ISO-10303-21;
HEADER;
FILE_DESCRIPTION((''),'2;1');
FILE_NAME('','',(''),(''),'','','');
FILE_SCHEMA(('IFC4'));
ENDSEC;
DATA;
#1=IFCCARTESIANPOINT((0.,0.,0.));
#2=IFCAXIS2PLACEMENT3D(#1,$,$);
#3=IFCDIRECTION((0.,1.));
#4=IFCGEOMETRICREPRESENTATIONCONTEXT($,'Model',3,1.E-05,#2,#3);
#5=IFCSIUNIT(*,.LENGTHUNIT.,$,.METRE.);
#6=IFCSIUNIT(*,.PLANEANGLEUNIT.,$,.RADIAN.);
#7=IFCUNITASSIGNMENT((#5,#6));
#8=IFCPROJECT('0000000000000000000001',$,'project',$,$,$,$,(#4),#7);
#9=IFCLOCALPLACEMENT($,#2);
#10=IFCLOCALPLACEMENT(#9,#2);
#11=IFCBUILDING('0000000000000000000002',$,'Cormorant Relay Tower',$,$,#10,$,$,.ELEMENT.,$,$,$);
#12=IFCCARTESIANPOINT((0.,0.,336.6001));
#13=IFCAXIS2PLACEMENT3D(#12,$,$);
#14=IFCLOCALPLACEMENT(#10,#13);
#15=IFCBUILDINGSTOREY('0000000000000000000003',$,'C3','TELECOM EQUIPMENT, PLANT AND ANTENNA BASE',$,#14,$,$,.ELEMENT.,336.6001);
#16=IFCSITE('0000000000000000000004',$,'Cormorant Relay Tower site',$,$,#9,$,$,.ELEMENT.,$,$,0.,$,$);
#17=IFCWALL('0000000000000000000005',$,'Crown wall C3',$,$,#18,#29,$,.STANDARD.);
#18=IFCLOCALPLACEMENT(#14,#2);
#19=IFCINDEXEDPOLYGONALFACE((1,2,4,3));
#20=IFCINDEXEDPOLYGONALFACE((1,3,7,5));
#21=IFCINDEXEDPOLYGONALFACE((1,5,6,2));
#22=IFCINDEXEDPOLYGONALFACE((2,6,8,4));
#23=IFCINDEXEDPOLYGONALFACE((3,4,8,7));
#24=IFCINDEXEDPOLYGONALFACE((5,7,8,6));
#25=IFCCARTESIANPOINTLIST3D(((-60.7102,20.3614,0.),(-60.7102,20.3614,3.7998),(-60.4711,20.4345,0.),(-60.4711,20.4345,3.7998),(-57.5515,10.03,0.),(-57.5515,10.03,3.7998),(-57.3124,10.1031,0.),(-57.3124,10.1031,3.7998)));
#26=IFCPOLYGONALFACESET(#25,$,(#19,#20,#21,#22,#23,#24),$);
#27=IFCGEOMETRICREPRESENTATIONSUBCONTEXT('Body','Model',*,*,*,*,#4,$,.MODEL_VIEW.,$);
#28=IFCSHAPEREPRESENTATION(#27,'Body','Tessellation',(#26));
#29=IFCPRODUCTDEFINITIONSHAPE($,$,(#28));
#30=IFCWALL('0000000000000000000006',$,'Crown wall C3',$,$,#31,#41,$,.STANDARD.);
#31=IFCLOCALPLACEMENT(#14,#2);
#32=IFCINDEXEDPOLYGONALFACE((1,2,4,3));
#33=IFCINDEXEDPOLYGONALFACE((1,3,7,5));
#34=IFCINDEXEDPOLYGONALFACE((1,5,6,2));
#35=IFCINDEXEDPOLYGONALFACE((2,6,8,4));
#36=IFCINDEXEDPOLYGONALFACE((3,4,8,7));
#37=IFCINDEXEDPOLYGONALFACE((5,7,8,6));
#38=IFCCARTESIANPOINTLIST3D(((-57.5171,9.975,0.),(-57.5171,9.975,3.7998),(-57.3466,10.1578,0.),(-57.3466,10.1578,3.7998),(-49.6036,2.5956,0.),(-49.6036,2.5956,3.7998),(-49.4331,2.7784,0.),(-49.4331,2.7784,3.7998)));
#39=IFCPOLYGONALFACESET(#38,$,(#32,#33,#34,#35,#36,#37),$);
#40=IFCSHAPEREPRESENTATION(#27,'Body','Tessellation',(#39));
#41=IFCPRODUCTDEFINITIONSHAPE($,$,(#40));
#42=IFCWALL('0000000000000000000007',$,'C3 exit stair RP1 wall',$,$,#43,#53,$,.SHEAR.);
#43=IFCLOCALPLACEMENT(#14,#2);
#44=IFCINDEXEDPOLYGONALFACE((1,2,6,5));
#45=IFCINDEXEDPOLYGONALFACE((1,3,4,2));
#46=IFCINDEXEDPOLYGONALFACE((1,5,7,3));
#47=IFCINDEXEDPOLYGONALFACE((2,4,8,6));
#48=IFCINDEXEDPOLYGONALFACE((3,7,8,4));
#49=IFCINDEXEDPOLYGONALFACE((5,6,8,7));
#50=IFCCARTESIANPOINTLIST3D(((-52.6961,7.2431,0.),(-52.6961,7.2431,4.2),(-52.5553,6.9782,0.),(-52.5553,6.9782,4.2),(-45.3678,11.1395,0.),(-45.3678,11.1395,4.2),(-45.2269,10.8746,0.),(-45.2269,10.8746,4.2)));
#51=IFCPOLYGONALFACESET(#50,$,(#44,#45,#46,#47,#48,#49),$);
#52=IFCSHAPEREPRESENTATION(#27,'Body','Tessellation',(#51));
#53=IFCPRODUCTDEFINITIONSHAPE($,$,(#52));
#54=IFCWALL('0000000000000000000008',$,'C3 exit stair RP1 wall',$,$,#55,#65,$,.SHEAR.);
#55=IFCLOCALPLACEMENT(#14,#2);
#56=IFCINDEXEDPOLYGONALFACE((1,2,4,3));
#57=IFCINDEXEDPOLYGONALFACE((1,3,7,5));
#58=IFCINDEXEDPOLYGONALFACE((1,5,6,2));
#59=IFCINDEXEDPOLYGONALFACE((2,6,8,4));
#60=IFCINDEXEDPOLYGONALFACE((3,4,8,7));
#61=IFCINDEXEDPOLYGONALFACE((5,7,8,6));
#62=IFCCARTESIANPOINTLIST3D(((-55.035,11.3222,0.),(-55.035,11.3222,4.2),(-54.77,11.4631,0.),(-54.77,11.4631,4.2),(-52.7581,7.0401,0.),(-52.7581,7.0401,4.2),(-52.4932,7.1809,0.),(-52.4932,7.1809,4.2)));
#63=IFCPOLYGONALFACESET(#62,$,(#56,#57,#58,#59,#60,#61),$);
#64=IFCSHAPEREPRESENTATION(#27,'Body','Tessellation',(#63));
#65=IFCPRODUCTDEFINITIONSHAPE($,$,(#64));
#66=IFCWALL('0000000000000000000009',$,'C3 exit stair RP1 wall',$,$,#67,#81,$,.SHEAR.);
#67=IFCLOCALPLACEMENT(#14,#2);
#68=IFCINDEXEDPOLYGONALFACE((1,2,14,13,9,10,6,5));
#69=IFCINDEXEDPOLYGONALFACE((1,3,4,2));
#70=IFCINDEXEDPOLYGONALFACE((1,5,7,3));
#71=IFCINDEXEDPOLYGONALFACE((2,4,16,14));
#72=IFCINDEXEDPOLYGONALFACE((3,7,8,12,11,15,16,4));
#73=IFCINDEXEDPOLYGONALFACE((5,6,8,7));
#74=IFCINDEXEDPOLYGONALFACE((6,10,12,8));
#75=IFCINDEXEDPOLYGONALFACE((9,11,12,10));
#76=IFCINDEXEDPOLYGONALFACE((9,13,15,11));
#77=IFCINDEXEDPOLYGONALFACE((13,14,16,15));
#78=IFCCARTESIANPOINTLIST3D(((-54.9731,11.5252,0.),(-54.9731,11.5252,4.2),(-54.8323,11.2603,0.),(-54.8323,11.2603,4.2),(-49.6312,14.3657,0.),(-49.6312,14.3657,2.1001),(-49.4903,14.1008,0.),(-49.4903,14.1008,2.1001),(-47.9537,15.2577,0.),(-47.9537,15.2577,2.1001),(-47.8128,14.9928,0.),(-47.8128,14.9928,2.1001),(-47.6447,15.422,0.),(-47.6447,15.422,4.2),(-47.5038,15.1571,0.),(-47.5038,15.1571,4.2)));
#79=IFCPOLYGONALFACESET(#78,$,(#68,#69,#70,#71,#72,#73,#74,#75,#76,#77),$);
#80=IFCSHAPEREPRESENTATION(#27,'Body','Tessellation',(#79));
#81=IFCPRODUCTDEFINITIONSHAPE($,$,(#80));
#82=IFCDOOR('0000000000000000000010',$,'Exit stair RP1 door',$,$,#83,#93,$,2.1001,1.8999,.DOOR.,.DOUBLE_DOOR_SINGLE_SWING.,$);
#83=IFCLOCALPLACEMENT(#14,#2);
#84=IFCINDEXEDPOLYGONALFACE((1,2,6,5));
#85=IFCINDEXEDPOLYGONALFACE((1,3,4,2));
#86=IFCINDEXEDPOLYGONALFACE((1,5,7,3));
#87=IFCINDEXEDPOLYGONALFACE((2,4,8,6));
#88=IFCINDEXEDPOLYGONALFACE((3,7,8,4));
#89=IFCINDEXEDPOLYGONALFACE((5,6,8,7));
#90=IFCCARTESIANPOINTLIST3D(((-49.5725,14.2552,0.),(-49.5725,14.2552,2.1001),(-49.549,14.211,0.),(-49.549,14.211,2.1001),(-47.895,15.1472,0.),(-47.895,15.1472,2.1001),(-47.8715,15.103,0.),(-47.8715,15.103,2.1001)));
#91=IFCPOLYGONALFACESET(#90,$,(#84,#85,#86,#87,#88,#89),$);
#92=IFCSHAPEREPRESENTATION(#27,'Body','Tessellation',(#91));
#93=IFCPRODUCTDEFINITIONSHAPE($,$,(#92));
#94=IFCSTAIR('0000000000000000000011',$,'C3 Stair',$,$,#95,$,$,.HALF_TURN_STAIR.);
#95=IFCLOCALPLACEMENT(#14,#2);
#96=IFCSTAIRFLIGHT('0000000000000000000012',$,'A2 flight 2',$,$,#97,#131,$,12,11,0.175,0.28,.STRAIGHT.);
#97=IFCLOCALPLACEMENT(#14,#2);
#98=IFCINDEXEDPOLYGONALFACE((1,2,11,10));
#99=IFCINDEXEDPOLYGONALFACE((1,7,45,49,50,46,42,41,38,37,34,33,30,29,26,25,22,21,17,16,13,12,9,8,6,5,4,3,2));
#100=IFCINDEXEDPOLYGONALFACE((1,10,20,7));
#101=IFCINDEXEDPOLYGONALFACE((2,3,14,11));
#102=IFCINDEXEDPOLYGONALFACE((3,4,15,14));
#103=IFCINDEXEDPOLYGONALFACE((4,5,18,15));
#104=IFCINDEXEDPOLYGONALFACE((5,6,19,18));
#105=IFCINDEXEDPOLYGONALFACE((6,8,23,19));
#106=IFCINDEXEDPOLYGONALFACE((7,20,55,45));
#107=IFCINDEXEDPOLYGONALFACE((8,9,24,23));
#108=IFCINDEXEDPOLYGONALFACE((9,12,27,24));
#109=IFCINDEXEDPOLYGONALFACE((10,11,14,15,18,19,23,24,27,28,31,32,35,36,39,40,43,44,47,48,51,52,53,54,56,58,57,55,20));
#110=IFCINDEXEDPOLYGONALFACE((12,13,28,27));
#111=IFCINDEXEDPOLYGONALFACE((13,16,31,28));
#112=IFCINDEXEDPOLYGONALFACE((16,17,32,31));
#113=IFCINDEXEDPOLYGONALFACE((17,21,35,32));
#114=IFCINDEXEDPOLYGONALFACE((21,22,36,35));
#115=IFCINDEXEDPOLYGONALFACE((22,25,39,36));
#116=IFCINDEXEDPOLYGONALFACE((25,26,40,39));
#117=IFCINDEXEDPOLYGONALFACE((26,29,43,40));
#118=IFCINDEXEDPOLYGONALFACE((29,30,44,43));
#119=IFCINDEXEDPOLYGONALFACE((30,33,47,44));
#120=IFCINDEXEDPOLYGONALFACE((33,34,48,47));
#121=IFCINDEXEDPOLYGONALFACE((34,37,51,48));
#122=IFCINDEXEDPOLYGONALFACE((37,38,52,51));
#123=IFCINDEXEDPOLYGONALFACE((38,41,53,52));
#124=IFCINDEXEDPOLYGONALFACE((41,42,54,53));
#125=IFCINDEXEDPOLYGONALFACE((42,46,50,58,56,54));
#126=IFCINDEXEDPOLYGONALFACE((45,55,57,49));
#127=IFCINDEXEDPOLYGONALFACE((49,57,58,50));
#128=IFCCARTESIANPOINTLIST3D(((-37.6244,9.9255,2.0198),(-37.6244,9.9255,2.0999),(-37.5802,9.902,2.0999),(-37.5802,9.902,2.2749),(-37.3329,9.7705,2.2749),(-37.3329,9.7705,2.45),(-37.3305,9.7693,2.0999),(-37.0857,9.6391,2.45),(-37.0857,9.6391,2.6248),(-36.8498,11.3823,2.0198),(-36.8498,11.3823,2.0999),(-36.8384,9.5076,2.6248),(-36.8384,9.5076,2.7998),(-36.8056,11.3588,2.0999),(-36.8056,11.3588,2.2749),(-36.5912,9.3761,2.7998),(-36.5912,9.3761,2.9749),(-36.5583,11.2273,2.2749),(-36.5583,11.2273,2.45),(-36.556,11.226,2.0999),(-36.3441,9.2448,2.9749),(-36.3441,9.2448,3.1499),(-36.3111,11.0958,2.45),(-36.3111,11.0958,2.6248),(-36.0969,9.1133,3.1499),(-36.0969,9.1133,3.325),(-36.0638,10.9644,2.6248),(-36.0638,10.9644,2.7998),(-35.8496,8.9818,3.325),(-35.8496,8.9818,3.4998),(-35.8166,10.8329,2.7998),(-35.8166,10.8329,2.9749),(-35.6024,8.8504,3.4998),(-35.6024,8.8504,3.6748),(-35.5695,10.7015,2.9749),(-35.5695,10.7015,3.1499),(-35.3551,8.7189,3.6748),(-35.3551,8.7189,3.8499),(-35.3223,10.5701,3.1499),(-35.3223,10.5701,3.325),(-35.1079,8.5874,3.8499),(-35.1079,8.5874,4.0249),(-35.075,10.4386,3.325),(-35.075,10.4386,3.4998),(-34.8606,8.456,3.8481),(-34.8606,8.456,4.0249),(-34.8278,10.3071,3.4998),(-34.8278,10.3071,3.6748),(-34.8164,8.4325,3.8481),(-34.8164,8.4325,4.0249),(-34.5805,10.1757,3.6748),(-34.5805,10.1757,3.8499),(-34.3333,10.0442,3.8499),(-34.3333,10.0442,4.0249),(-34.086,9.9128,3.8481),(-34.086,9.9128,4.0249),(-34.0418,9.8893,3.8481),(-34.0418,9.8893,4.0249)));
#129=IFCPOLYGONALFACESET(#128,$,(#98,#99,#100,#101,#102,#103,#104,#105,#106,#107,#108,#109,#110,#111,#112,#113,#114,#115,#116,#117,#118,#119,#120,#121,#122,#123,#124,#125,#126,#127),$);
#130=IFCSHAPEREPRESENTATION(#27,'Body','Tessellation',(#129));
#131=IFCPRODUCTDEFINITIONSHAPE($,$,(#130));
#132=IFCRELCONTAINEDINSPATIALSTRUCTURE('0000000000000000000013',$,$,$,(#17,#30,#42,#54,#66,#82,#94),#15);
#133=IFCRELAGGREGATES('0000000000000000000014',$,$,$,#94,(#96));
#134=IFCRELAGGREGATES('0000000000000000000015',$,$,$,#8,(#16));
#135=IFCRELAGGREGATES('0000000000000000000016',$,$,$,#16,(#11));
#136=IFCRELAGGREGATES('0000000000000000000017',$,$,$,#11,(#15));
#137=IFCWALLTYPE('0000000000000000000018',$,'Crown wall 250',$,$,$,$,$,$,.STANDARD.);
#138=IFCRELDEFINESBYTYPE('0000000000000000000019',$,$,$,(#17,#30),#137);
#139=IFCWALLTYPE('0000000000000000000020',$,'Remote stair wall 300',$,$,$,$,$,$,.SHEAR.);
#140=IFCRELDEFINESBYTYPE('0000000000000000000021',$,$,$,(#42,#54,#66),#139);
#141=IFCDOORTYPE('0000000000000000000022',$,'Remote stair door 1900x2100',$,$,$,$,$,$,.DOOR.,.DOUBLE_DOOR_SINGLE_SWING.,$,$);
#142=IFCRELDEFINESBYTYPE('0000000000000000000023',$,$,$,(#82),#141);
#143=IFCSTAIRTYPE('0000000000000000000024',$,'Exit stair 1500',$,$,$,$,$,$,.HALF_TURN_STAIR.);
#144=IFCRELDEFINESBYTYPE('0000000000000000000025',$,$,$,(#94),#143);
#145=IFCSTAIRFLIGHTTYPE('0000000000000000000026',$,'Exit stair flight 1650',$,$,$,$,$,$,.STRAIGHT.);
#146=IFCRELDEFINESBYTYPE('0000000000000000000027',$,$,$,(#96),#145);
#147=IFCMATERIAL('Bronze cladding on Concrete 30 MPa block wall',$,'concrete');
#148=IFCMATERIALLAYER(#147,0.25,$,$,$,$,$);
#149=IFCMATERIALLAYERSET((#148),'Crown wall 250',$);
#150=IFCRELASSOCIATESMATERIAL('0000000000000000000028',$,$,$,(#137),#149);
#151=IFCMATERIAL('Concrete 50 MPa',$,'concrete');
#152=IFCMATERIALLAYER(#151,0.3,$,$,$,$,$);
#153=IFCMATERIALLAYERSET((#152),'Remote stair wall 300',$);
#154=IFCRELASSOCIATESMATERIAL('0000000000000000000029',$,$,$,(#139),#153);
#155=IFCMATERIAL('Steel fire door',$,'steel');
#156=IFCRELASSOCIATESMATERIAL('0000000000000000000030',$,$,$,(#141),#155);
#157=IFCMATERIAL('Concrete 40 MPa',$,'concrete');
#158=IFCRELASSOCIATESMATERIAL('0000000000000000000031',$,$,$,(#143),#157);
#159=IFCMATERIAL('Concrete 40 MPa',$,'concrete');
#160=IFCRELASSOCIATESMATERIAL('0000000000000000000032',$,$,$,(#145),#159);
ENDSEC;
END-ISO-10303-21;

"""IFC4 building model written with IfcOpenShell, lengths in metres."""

from ifc_helpers import new_model, si_unit, direction, frame, frame_2d, origin, place, context, subcontext, project, spatial, polyline, rectangle, outline, extrude, material, layer, layer_set, type_object, element, fill, aggregate, save


model = new_model("IFC4")

# Units and contexts
model_context = context("Model", 3, precision=1e-05, world=origin(), true_north=direction((0.0, 1.0)))
body_context = subcontext(model_context, "Body", "Model", "MODEL_VIEW")
ifc_project = project(units=[si_unit("LENGTHUNIT", "METRE"), si_unit("PLANEANGLEUNIT", "RADIAN")], contexts=[model_context])

# Site, building, storey
site_placement = place(None, origin())
site = spatial("IfcSite", under=ifc_project, at=site_placement, Name="Cormorant Relay Tower site", CompositionType="ELEMENT", RefElevation=0.0)
building_placement = place(site_placement, origin())
building = spatial("IfcBuilding", under=site, at=building_placement, Name="Cormorant Relay Tower", CompositionType="ELEMENT")
storey_placement = place(building_placement, frame((0.0, 0.0, 336.6001)))
storey = spatial("IfcBuildingStorey", under=building, at=storey_placement, Name="C3", Description="TELECOM EQUIPMENT, PLANT AND ANTENNA BASE", CompositionType="ELEMENT", Elevation=336.6001)

# Walls
ifc_material_1 = material(Name="Bronze cladding on Concrete 30 MPa block wall", Category="concrete")
ifc_layer_1 = layer(ifc_material_1, 0.25)
ifc_layer_set_1 = layer_set([ifc_layer_1], Name="Crown wall 250")
wall_type_1 = type_object("IfcWallType", Name="Crown wall 250", PredefinedType="STANDARD", material=ifc_layer_set_1)
wall_1_placement = place(storey_placement, frame((-57.4319, 10.0664, 0.0), z_axis=(0.0, 0.0, 1.0), x_axis=(-0.29238, 0.956302, 0.0)))
element("IfcWall", 1, at=wall_1_placement, inside=storey, type_object=wall_type_1, Name="Crown wall C3", PredefinedType="STANDARD", context=body_context, shape_type="SweptSolid", body=[
    extrude(rectangle(XDim=10.8035, YDim=0.25, at=frame_2d((5.4019, 0.0))), origin(), (0.0, 0.0, 1.0), 3.7998),
])
wall_2_placement = place(storey_placement, frame((-49.5183, 2.687, 0.0), z_axis=(0.0, 0.0, 1.0), x_axis=(-0.73136, 0.681992, 0.0)))
element("IfcWall", 2, at=wall_2_placement, inside=storey, type_object=wall_type_1, Name="Crown wall C3", PredefinedType="STANDARD", context=body_context, shape_type="SweptSolid", body=[
    extrude(rectangle(XDim=10.8203, YDim=0.25, at=frame_2d((5.4102, 0.0))), origin(), (0.0, 0.0, 1.0), 3.7998),
])
ifc_material_2 = material(Name="Concrete 50 MPa", Category="concrete")
ifc_layer_2 = layer(ifc_material_2, 0.3)
ifc_layer_set_2 = layer_set([ifc_layer_2], Name="Remote stair wall 300")
wall_type_2 = type_object("IfcWallType", Name="Remote stair wall 300", PredefinedType="SHEAR", material=ifc_layer_set_2)
wall_3_placement = place(storey_placement, frame((-45.2974, 11.0071, 0.0), z_axis=(0.0, 0.0, 1.0), x_axis=(-0.882952, -0.469464, 0.0)))
element("IfcWall", 3, at=wall_3_placement, inside=storey, type_object=wall_type_2, Name="C3 exit stair RP1 wall", PredefinedType="SHEAR", context=body_context, shape_type="SweptSolid", body=[
    extrude(rectangle(XDim=8.2998, YDim=0.3, at=frame_2d((4.1499, 0.0))), origin(), (0.0, 0.0, 1.0), 4.2),
])
wall_4_placement = place(storey_placement, frame((-52.6257, 7.1106, 0.0), z_axis=(0.0, 0.0, 1.0), x_axis=(-0.469464, 0.882951, 0.0)))
element("IfcWall", 4, at=wall_4_placement, inside=storey, type_object=wall_type_2, Name="C3 exit stair RP1 wall", PredefinedType="SHEAR", context=body_context, shape_type="SweptSolid", body=[
    extrude(rectangle(XDim=4.8499, YDim=0.3, at=frame_2d((2.4248, 0.0))), origin(), (0.0, 0.0, 1.0), 4.2),
])

# Wall, opening, door
wall_5_placement = place(storey_placement, frame((-54.9026, 11.3928, 0.0), z_axis=(0.0, 0.0, 1.0), x_axis=(0.882939, 0.469487, 0.0)))
wall_5 = element("IfcWall", 5, at=wall_5_placement, inside=storey, type_object=wall_type_2, Name="C3 exit stair RP1 wall", PredefinedType="SHEAR", context=body_context, shape_type="SweptSolid", body=[
    extrude(rectangle(XDim=8.3, YDim=0.3, at=frame_2d((4.1499, 0.0))), origin(), (0.0, 0.0, 1.0), 4.2),
])
opening_1_placement = place(wall_5_placement, frame((6.05, 0.0, 0.0)))
opening_1 = element("IfcOpeningElement", 6, at=opening_1_placement, cuts=wall_5, PredefinedType="OPENING", context=body_context, shape_type="SweptSolid", body=[
    extrude(rectangle(XDim=1.8999, YDim=2.1001, at=frame_2d((0.95, 1.05))), frame((0.0, 0.1599, 0.0), z_axis=(0.0, -1.0, 0.0), x_axis=(1.0, 0.0, 0.0)), (0.0, 0.0, 1.0), 0.3201),
])
ifc_material_3 = material(Name="Steel fire door", Category="steel")
door_type_1 = type_object("IfcDoorType", Name="Remote stair door 1900x2100", OperationType="DOUBLE_DOOR_SINGLE_SWING", PredefinedType="DOOR", material=ifc_material_3)
door_1_placement = place(opening_1_placement, origin())
door_1 = element("IfcDoor", 7, at=door_1_placement, inside=storey, type_object=door_type_1, Name="Exit stair RP1 door", OperationType="DOUBLE_DOOR_SINGLE_SWING", OverallHeight=2.1001, OverallWidth=1.8999, PredefinedType="DOOR", context=body_context, shape_type="SweptSolid", body=[
    extrude(rectangle(XDim=1.8999, YDim=2.1001, at=frame_2d((0.95, 1.05))), frame((0.0, 0.0249, 0.0), z_axis=(0.0, -1.0, 0.0), x_axis=(1.0, 0.0, 0.0)), (0.0, 0.0, 1.0), 0.05),
])
fill(opening_1, door_1)

# Stair, stair flight
ifc_material_4 = material(Name="Concrete 40 MPa", Category="concrete")
stair_type_1 = type_object("IfcStairType", Name="Exit stair 1500", PredefinedType="HALF_TURN_STAIR", material=ifc_material_4)
stair_1_placement = place(storey_placement, origin())
stair_1 = element("IfcStair", 8, at=stair_1_placement, inside=storey, type_object=stair_type_1, Name="C3 Stair", PredefinedType="HALF_TURN_STAIR")
ifc_material_5 = material(Name="Concrete 40 MPa", Category="concrete")
stair_flight_type_1 = type_object("IfcStairFlightType", Name="Exit stair flight 1650", PredefinedType="STRAIGHT", material=ifc_material_5)
stair_flight_1_placement = place(storey_placement, frame((-37.1929, 10.6304, 2.0999), z_axis=(0.0, 0.0, 1.0), x_axis=(0.882948, -0.469472, 0.0)))
stair_flight_1 = element("IfcStairFlight", 9, at=stair_flight_1_placement, type_object=stair_flight_type_1, Name="A2 flight 2", NumberOfRisers=12, NumberOfTreads=11, PredefinedType="STRAIGHT", RiserHeight=0.175, TreadLength=0.28, context=body_context, shape_type="SweptSolid", body=[
    extrude(outline(polyline([(-0.05, -0.0801), (-0.05, 0.0), (0.0, 0.0), (0.0, 0.175), (0.28, 0.175), (0.28, 0.3501), (0.5601, 0.3501), (0.5601, 0.5249), (0.8401, 0.5249), (0.8401, 0.7), (1.1201, 0.7), (1.1201, 0.875), (1.3999, 0.875), (1.3999, 1.05), (1.6799, 1.05), (1.6799, 1.2251), (1.96, 1.2251), (1.96, 1.3999), (2.24, 1.3999), (2.24, 1.575), (2.52, 1.575), (2.52, 1.75), (2.8, 1.75), (2.8, 1.925), (3.0801, 1.925), (3.1301, 1.925), (3.1301, 1.7483), (3.0801, 1.7483), (0.2827, 0.0), (-0.05, -0.0801)])), frame((0.0, 0.825, 0.0), z_axis=(0.0, -1.0, 0.0), x_axis=(1.0, 0.0, 0.0)), (0.0, 0.0, 1.0), 1.6499),
])
aggregate(stair_1, [stair_flight_1])

save(model, "model.ifc")
